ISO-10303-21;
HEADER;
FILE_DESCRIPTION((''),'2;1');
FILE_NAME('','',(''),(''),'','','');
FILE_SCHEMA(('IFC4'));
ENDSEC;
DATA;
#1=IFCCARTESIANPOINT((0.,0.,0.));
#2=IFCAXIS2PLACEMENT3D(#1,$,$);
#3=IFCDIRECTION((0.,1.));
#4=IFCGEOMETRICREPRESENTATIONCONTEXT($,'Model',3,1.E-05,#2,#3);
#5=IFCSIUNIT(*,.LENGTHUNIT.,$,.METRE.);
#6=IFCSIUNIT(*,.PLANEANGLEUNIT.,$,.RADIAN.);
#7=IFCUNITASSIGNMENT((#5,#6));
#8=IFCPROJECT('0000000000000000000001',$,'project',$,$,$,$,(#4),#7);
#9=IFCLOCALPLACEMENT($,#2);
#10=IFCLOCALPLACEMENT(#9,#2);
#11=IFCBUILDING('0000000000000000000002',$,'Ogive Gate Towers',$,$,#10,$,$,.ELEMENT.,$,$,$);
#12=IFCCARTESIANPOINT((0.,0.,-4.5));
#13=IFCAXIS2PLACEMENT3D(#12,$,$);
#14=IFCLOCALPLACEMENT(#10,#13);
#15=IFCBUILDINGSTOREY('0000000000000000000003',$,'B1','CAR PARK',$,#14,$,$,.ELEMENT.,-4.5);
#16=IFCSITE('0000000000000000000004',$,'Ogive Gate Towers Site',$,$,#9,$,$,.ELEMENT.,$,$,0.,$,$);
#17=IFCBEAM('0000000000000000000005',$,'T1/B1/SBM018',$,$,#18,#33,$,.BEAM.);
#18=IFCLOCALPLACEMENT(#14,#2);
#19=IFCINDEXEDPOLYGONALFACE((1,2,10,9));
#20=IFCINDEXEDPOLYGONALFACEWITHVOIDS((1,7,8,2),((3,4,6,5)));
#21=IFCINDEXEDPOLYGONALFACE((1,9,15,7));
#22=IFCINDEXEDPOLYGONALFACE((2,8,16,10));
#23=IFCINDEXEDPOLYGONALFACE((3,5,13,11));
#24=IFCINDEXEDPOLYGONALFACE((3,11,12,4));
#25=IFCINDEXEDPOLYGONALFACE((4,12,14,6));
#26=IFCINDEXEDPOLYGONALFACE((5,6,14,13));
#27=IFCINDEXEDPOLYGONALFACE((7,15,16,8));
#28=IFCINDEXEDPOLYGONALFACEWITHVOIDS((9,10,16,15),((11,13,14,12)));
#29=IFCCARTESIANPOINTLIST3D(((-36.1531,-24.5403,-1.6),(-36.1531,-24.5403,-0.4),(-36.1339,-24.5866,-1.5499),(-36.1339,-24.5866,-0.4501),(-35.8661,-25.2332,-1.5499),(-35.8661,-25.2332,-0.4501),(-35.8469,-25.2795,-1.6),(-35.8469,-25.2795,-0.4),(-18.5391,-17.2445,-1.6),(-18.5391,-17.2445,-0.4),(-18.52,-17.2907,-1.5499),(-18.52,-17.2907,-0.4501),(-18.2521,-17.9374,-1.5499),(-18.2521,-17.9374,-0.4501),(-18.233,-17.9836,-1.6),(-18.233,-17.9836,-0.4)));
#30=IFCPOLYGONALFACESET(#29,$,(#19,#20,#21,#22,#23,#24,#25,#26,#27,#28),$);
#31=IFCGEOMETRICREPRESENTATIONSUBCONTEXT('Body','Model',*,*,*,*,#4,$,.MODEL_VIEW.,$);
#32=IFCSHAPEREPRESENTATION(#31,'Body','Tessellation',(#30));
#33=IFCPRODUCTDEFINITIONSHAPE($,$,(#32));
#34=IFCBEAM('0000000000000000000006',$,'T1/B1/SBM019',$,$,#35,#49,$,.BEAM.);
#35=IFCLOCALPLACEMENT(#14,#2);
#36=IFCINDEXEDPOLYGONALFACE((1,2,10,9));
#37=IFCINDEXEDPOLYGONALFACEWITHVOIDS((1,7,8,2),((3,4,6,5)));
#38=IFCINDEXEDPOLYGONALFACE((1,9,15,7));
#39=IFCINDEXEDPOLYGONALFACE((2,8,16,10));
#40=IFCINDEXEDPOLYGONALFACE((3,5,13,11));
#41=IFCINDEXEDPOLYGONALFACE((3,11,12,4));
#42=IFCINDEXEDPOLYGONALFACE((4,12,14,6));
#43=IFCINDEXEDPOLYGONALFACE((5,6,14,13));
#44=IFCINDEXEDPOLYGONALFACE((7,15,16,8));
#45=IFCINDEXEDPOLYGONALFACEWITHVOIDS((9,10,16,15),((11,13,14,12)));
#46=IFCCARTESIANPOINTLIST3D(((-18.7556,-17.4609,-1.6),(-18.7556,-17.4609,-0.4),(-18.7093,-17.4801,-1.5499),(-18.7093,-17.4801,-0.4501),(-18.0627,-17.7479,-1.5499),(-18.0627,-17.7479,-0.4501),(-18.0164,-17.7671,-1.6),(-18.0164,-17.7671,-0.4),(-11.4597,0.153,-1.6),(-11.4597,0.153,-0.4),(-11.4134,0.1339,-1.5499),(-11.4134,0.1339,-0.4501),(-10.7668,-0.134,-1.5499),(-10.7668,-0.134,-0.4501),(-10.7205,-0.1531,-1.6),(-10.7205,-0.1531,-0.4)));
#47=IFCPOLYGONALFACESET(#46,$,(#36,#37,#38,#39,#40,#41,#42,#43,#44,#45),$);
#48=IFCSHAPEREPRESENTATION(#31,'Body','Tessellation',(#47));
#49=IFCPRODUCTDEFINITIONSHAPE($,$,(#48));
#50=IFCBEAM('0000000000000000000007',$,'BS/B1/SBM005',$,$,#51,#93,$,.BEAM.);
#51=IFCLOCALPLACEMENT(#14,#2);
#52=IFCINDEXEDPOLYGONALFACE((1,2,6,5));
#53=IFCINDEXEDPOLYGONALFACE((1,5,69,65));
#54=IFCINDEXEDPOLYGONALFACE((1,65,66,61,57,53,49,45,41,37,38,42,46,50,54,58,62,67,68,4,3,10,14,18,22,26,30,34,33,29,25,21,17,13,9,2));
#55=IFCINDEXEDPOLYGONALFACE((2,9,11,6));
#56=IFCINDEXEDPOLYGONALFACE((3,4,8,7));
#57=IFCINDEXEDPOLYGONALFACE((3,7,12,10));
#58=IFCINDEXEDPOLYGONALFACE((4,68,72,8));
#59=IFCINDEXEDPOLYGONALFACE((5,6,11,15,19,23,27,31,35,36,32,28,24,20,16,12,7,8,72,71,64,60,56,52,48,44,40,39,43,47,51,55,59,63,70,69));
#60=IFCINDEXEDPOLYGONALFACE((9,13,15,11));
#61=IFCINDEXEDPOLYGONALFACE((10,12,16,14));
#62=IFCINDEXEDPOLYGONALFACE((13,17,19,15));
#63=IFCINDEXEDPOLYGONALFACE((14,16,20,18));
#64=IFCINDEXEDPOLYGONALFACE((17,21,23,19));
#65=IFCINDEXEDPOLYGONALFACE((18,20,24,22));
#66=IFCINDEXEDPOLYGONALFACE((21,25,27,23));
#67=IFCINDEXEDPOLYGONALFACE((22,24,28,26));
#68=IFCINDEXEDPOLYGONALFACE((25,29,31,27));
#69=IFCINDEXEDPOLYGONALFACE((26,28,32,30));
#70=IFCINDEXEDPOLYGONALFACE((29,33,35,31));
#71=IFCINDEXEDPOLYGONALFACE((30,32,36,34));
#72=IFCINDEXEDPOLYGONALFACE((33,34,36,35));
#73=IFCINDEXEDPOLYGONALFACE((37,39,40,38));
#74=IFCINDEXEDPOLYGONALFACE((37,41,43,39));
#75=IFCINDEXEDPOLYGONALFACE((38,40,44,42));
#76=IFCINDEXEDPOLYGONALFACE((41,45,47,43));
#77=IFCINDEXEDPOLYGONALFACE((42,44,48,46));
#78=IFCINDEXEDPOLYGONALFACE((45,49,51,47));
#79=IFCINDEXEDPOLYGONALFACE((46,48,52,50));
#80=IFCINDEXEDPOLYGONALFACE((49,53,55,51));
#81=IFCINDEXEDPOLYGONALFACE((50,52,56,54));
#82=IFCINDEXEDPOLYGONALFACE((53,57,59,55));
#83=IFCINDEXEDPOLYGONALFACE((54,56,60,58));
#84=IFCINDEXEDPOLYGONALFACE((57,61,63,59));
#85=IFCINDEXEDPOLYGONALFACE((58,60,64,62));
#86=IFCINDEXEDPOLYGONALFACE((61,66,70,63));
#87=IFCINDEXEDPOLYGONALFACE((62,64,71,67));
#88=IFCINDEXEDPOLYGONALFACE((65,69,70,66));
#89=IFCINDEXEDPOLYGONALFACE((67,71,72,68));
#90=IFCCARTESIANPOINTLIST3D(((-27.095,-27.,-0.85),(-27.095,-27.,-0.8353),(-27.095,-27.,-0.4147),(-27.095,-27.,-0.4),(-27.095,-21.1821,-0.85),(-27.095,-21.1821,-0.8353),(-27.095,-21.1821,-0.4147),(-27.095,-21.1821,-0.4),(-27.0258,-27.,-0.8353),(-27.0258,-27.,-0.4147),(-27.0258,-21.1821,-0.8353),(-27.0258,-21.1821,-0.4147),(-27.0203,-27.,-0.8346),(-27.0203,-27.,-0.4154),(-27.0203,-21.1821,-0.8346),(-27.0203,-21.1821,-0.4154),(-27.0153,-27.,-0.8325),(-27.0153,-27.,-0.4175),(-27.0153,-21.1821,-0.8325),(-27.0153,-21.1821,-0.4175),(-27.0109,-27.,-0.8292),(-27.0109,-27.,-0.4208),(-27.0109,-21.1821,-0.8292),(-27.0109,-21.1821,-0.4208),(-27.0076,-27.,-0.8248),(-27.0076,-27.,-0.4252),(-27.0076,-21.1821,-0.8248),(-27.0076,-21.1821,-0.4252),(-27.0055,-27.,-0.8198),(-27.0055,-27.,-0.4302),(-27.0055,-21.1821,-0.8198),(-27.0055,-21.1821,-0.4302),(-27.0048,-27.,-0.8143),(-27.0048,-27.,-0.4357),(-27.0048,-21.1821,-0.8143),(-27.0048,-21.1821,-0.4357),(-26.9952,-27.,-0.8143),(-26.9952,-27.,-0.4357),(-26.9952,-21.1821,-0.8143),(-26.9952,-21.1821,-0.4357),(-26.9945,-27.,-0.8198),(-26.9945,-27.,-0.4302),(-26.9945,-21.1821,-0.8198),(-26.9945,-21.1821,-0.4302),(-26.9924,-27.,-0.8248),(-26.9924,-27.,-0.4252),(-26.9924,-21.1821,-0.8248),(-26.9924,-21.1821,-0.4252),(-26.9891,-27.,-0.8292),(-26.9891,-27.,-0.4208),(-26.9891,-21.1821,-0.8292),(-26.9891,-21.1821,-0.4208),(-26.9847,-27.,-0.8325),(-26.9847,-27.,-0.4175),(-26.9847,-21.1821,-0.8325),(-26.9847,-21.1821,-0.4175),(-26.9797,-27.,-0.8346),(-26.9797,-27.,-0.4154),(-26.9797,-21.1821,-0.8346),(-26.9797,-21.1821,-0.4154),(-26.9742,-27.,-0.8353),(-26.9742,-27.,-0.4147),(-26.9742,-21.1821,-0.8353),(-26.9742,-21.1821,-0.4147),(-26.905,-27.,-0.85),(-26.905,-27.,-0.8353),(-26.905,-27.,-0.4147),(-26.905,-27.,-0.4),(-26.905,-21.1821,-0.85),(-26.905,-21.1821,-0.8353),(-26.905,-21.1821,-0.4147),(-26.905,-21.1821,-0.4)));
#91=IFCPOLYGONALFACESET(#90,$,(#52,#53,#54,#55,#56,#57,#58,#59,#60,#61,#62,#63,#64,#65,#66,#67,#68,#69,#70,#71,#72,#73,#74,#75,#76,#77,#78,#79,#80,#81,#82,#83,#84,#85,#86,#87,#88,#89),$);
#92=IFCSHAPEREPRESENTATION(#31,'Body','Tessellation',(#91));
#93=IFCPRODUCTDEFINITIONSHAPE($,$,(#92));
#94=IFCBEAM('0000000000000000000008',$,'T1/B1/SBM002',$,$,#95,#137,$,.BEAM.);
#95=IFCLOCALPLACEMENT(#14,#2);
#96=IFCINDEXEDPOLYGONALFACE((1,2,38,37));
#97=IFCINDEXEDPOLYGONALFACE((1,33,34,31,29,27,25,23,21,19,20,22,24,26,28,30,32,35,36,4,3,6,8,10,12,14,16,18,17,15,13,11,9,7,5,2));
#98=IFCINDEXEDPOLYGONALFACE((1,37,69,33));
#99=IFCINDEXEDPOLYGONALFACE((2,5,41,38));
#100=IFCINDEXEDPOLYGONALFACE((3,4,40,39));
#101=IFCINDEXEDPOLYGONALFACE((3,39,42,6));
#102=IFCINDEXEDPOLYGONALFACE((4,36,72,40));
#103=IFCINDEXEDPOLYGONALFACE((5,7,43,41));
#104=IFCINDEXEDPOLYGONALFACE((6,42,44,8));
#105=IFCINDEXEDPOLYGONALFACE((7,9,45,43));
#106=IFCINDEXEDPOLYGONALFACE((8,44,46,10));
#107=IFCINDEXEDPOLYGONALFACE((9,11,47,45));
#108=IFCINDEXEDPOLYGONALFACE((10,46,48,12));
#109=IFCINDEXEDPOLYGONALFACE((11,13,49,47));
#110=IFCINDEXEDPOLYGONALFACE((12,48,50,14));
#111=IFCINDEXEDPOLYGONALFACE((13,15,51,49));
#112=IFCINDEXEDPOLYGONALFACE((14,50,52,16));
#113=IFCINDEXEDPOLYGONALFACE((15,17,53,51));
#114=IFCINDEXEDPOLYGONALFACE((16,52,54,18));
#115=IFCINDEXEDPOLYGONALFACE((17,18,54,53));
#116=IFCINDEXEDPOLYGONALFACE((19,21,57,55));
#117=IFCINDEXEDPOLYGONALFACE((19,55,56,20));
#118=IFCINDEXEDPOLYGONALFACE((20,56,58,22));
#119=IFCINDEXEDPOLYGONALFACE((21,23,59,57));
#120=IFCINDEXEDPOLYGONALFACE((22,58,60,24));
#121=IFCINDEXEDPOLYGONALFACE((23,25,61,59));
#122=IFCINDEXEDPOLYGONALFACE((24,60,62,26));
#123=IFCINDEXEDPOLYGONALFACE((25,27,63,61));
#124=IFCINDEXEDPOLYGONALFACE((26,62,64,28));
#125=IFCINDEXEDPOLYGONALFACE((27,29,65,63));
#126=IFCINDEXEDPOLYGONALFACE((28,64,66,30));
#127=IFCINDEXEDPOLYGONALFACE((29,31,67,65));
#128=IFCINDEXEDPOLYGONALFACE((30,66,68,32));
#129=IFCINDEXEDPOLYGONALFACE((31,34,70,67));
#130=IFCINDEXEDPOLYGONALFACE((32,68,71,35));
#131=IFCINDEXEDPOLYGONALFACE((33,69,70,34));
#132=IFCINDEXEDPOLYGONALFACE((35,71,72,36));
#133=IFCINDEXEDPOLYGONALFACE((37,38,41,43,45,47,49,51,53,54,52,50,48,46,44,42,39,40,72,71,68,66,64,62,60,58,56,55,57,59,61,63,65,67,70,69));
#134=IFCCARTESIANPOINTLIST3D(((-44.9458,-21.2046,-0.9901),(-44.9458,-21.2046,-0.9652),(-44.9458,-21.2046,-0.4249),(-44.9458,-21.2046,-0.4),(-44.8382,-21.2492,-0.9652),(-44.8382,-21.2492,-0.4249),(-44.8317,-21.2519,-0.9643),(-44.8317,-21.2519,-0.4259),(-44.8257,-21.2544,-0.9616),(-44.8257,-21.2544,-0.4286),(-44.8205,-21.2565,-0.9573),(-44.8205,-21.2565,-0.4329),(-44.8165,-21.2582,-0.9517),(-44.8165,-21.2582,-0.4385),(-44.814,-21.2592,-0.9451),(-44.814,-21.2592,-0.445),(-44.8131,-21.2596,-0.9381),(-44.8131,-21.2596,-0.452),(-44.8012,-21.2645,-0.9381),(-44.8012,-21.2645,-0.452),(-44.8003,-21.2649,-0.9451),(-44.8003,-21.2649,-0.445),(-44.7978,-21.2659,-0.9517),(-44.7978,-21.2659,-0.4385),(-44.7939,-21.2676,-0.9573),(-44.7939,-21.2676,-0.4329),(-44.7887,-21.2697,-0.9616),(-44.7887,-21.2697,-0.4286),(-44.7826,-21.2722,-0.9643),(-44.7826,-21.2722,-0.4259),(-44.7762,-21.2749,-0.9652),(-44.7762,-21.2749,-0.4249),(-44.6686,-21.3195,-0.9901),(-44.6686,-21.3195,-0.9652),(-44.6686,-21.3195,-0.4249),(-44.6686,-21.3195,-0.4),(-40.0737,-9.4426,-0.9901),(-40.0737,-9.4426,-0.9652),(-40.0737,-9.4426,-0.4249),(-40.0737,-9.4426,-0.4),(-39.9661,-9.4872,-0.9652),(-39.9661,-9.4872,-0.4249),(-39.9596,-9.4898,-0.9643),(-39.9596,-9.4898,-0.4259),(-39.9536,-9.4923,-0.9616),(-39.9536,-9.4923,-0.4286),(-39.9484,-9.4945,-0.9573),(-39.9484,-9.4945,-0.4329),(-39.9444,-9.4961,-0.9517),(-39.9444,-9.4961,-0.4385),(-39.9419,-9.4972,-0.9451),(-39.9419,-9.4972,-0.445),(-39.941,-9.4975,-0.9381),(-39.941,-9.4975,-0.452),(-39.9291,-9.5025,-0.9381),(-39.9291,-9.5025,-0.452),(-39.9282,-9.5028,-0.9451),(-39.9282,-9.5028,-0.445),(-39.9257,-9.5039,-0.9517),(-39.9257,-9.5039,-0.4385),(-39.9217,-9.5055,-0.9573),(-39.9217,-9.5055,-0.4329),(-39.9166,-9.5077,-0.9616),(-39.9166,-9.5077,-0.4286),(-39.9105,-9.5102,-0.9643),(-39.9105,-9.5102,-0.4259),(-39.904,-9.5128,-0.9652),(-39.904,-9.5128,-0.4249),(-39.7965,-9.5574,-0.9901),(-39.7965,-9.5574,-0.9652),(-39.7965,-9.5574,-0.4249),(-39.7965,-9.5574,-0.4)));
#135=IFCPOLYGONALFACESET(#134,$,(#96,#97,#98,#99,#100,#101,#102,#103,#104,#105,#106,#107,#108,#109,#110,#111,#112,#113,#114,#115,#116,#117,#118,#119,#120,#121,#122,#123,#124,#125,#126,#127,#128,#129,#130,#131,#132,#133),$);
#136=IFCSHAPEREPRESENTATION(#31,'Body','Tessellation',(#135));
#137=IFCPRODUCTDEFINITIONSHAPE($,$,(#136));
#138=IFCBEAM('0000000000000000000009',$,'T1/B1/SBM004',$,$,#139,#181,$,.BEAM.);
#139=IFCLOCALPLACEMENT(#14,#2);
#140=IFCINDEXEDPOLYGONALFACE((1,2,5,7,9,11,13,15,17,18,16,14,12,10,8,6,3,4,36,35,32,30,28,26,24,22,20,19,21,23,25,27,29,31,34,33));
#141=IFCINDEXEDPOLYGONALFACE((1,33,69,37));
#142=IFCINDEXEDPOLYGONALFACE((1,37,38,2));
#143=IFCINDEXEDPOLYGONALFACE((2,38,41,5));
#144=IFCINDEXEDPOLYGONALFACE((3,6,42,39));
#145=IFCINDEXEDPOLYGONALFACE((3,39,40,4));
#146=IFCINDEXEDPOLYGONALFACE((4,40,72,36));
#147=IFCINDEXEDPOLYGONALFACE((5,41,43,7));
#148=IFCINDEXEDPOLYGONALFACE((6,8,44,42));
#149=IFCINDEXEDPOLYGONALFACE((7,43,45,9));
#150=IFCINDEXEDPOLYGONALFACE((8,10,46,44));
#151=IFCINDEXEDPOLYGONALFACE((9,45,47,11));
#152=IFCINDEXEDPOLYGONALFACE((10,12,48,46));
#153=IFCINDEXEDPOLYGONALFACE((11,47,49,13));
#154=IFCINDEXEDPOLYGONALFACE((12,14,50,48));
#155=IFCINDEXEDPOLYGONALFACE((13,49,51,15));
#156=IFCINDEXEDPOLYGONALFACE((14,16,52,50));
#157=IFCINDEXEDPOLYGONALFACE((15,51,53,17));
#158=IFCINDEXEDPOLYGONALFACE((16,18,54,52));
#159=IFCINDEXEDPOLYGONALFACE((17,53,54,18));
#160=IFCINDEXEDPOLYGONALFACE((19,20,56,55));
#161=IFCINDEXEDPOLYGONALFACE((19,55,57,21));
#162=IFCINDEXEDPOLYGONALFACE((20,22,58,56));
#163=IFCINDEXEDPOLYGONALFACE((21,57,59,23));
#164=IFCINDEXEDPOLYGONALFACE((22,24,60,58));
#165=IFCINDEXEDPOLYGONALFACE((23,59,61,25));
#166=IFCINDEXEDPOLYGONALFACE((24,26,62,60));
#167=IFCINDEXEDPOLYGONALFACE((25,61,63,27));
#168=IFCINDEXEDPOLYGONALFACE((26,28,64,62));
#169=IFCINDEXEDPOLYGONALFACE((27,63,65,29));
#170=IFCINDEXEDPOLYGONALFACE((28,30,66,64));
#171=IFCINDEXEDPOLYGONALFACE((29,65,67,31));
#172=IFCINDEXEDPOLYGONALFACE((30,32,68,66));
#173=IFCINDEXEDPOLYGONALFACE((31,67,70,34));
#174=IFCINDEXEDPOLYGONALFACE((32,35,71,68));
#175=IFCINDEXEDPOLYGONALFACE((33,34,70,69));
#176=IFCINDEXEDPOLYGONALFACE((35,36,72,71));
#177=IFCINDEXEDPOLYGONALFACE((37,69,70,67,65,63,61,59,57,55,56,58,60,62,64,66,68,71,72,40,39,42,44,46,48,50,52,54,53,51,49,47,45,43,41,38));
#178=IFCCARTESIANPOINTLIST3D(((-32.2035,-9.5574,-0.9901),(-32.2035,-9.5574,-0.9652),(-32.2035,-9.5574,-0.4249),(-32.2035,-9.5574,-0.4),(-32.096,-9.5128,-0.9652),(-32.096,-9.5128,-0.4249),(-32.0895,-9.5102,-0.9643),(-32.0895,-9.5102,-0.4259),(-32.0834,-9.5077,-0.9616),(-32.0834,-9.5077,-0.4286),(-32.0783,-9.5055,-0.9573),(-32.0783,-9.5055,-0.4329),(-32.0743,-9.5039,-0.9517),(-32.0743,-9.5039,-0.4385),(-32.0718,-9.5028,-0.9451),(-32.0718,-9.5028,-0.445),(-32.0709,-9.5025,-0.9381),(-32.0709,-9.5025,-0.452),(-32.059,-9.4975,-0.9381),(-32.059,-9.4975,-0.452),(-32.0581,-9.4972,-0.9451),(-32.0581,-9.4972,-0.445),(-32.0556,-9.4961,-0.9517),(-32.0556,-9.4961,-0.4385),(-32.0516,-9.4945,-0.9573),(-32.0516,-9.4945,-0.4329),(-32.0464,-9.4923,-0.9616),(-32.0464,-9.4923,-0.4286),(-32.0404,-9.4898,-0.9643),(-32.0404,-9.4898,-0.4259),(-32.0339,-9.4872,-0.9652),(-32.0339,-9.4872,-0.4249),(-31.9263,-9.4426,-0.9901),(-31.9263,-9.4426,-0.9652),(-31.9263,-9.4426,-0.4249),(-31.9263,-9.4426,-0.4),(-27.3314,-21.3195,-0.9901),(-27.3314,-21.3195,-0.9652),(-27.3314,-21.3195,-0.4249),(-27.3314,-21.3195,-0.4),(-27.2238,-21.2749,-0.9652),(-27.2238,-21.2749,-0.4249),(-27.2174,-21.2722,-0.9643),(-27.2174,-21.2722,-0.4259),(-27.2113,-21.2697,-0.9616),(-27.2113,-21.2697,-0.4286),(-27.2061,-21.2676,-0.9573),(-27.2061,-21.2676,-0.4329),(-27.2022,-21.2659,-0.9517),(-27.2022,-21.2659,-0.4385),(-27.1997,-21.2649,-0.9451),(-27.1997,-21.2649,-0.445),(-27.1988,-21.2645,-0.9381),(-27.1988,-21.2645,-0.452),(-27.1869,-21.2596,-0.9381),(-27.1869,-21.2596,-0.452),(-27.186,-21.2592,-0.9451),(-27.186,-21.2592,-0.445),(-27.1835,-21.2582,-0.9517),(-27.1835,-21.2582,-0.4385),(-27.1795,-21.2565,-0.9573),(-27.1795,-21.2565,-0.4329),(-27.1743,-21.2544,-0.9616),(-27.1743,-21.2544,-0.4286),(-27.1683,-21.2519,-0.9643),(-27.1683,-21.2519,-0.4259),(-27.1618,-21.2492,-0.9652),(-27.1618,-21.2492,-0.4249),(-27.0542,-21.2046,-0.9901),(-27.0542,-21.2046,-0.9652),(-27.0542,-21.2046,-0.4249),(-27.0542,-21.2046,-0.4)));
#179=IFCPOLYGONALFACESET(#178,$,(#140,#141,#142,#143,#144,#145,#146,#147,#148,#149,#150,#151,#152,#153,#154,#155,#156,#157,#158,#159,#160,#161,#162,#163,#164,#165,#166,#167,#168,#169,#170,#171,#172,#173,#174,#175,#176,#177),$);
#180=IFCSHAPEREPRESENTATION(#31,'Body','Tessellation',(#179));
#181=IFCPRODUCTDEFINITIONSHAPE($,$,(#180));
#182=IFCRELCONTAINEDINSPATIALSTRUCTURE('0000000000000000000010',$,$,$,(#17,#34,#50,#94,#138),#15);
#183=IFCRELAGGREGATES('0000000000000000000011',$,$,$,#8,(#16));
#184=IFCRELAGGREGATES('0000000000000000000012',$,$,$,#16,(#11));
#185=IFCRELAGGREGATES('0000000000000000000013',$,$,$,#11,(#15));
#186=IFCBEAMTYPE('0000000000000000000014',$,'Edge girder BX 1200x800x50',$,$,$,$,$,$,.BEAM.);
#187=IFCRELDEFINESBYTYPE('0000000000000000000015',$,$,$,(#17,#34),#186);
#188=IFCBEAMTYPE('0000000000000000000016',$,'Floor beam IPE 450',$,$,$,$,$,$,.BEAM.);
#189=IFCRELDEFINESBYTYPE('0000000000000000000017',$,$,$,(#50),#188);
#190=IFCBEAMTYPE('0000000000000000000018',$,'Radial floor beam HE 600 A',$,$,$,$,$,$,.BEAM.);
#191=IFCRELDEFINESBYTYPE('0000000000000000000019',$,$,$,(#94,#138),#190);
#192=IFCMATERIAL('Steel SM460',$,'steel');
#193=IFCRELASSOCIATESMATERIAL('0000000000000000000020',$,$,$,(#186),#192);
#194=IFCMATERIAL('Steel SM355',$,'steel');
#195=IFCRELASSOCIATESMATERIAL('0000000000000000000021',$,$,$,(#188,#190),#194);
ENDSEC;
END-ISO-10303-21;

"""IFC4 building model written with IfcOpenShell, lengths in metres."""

from ifc_helpers import new_model, si_unit, direction, frame, origin, origin_2d, place, context, subcontext, project, spatial, hollow_rectangle, i_section, extrude, material, material_profile, profile_set, type_object, element, save


model = new_model("IFC4")

# Units and contexts
model_context = context("Model", 3, precision=1e-05, world=origin(), true_north=direction((0.0, 1.0)))
body_context = subcontext(model_context, "Body", "Model", "MODEL_VIEW")
ifc_project = project(units=[si_unit("LENGTHUNIT", "METRE"), si_unit("PLANEANGLEUNIT", "RADIAN")], contexts=[model_context])

# Site, building, storey
site_placement = place(None, origin())
site = spatial("IfcSite", under=ifc_project, at=site_placement, Name="Ogive Gate Towers Site", CompositionType="ELEMENT", RefElevation=0.0)
building_placement = place(site_placement, origin())
building = spatial("IfcBuilding", under=site, at=building_placement, Name="Ogive Gate Towers", CompositionType="ELEMENT")
storey_placement = place(building_placement, frame((0.0, 0.0, -4.5)))
storey = spatial("IfcBuildingStorey", under=building, at=storey_placement, Name="B1", Description="CAR PARK", CompositionType="ELEMENT", Elevation=-4.5)

# Beams
ifc_material_1 = material(Name="Steel SM460", Category="steel")
ifc_material_profile_1 = material_profile(ifc_material_1, hollow_rectangle(XDim=0.8, YDim=1.2, WallThickness=0.05, at=origin_2d()), Name="BX 1200x800x50")
ifc_profile_set_1 = profile_set([ifc_material_profile_1], Name="Steel SM460")
beam_type_1 = type_object("IfcBeamType", Name="Edge girder BX 1200x800x50", PredefinedType="BEAM", material=ifc_profile_set_1)
for number, where, z_axis, x_axis, name in (
    (1, (-36.0, -24.9099, -1.0), (0.923881, 0.382681, 0.0), (-0.382681, 0.923881, 0.0), "T1/B1/SBM018"),
    (2, (-18.386, -17.614, -1.0), (0.382681, 0.923881, 0.0), (-0.923881, 0.382681, 0.0), "T1/B1/SBM019"),
):
    element("IfcBeam", number, at=place(storey_placement, frame(where, z_axis=z_axis, x_axis=x_axis)), inside=storey, type_object=beam_type_1, Name=name, PredefinedType="BEAM", context=body_context, shape_type="SweptSolid", body=[
        extrude(hollow_rectangle(XDim=0.8, YDim=1.2, WallThickness=0.05, at=origin_2d()), origin(), (0.0, 0.0, 1.0), 19.0652),
    ])
ifc_material_2 = material(Name="Steel SM355", Category="steel")
ifc_material_profile_2 = material_profile(ifc_material_2, i_section(OverallWidth=0.1899, OverallDepth=0.45, WebThickness=0.0095, FlangeThickness=0.0146, FilletRadius=0.021, at=origin_2d()), Name="IPE 450")
ifc_profile_set_2 = profile_set([ifc_material_profile_2], Name="Steel SM355")
beam_type_2 = type_object("IfcBeamType", Name="Floor beam IPE 450", PredefinedType="BEAM", material=ifc_profile_set_2)
beam_1_placement = place(storey_placement, frame((-27.0, -27.0, -0.625), z_axis=(0.0, 1.0, 0.0), x_axis=(-1.0, 0.0, 0.0)))
element("IfcBeam", 3, at=beam_1_placement, inside=storey, type_object=beam_type_2, Name="BS/B1/SBM005", PredefinedType="BEAM", context=body_context, shape_type="SweptSolid", body=[
    extrude(i_section(OverallWidth=0.1899, OverallDepth=0.45, WebThickness=0.0095, FlangeThickness=0.0146, FilletRadius=0.021, at=origin_2d()), origin(), (0.0, 0.0, 1.0), 5.8179),
])
ifc_material_profile_3 = material_profile(ifc_material_2, i_section(OverallWidth=0.3, OverallDepth=0.5901, WebThickness=0.0129, FlangeThickness=0.0249, FilletRadius=0.0271, at=origin_2d()), Name="HE 600 A")
ifc_profile_set_3 = profile_set([ifc_material_profile_3], Name="Steel SM355")
beam_type_3 = type_object("IfcBeamType", Name="Radial floor beam HE 600 A", PredefinedType="BEAM", material=ifc_profile_set_3)
for number, where, z_axis, x_axis, name in (
    (4, (-39.9351, -9.5, -0.6951), (-0.382691, -0.923877, 0.0), (0.923877, -0.382691, 0.0), "T1/B1/SBM002"),
    (5, (-32.0649, -9.5, -0.6951), (0.382691, -0.923877, 0.0), (0.923877, 0.382691, 0.0), "T1/B1/SBM004"),
):
    element("IfcBeam", number, at=place(storey_placement, frame(where, z_axis=z_axis, x_axis=x_axis)), inside=storey, type_object=beam_type_3, Name=name, PredefinedType="BEAM", context=body_context, shape_type="SweptSolid", body=[
        extrude(i_section(OverallWidth=0.3, OverallDepth=0.5901, WebThickness=0.0129, FlangeThickness=0.0249, FilletRadius=0.0271, at=origin_2d()), origin(), (0.0, 0.0, 1.0), 12.7312),
    ])

save(model, "model.ifc")
